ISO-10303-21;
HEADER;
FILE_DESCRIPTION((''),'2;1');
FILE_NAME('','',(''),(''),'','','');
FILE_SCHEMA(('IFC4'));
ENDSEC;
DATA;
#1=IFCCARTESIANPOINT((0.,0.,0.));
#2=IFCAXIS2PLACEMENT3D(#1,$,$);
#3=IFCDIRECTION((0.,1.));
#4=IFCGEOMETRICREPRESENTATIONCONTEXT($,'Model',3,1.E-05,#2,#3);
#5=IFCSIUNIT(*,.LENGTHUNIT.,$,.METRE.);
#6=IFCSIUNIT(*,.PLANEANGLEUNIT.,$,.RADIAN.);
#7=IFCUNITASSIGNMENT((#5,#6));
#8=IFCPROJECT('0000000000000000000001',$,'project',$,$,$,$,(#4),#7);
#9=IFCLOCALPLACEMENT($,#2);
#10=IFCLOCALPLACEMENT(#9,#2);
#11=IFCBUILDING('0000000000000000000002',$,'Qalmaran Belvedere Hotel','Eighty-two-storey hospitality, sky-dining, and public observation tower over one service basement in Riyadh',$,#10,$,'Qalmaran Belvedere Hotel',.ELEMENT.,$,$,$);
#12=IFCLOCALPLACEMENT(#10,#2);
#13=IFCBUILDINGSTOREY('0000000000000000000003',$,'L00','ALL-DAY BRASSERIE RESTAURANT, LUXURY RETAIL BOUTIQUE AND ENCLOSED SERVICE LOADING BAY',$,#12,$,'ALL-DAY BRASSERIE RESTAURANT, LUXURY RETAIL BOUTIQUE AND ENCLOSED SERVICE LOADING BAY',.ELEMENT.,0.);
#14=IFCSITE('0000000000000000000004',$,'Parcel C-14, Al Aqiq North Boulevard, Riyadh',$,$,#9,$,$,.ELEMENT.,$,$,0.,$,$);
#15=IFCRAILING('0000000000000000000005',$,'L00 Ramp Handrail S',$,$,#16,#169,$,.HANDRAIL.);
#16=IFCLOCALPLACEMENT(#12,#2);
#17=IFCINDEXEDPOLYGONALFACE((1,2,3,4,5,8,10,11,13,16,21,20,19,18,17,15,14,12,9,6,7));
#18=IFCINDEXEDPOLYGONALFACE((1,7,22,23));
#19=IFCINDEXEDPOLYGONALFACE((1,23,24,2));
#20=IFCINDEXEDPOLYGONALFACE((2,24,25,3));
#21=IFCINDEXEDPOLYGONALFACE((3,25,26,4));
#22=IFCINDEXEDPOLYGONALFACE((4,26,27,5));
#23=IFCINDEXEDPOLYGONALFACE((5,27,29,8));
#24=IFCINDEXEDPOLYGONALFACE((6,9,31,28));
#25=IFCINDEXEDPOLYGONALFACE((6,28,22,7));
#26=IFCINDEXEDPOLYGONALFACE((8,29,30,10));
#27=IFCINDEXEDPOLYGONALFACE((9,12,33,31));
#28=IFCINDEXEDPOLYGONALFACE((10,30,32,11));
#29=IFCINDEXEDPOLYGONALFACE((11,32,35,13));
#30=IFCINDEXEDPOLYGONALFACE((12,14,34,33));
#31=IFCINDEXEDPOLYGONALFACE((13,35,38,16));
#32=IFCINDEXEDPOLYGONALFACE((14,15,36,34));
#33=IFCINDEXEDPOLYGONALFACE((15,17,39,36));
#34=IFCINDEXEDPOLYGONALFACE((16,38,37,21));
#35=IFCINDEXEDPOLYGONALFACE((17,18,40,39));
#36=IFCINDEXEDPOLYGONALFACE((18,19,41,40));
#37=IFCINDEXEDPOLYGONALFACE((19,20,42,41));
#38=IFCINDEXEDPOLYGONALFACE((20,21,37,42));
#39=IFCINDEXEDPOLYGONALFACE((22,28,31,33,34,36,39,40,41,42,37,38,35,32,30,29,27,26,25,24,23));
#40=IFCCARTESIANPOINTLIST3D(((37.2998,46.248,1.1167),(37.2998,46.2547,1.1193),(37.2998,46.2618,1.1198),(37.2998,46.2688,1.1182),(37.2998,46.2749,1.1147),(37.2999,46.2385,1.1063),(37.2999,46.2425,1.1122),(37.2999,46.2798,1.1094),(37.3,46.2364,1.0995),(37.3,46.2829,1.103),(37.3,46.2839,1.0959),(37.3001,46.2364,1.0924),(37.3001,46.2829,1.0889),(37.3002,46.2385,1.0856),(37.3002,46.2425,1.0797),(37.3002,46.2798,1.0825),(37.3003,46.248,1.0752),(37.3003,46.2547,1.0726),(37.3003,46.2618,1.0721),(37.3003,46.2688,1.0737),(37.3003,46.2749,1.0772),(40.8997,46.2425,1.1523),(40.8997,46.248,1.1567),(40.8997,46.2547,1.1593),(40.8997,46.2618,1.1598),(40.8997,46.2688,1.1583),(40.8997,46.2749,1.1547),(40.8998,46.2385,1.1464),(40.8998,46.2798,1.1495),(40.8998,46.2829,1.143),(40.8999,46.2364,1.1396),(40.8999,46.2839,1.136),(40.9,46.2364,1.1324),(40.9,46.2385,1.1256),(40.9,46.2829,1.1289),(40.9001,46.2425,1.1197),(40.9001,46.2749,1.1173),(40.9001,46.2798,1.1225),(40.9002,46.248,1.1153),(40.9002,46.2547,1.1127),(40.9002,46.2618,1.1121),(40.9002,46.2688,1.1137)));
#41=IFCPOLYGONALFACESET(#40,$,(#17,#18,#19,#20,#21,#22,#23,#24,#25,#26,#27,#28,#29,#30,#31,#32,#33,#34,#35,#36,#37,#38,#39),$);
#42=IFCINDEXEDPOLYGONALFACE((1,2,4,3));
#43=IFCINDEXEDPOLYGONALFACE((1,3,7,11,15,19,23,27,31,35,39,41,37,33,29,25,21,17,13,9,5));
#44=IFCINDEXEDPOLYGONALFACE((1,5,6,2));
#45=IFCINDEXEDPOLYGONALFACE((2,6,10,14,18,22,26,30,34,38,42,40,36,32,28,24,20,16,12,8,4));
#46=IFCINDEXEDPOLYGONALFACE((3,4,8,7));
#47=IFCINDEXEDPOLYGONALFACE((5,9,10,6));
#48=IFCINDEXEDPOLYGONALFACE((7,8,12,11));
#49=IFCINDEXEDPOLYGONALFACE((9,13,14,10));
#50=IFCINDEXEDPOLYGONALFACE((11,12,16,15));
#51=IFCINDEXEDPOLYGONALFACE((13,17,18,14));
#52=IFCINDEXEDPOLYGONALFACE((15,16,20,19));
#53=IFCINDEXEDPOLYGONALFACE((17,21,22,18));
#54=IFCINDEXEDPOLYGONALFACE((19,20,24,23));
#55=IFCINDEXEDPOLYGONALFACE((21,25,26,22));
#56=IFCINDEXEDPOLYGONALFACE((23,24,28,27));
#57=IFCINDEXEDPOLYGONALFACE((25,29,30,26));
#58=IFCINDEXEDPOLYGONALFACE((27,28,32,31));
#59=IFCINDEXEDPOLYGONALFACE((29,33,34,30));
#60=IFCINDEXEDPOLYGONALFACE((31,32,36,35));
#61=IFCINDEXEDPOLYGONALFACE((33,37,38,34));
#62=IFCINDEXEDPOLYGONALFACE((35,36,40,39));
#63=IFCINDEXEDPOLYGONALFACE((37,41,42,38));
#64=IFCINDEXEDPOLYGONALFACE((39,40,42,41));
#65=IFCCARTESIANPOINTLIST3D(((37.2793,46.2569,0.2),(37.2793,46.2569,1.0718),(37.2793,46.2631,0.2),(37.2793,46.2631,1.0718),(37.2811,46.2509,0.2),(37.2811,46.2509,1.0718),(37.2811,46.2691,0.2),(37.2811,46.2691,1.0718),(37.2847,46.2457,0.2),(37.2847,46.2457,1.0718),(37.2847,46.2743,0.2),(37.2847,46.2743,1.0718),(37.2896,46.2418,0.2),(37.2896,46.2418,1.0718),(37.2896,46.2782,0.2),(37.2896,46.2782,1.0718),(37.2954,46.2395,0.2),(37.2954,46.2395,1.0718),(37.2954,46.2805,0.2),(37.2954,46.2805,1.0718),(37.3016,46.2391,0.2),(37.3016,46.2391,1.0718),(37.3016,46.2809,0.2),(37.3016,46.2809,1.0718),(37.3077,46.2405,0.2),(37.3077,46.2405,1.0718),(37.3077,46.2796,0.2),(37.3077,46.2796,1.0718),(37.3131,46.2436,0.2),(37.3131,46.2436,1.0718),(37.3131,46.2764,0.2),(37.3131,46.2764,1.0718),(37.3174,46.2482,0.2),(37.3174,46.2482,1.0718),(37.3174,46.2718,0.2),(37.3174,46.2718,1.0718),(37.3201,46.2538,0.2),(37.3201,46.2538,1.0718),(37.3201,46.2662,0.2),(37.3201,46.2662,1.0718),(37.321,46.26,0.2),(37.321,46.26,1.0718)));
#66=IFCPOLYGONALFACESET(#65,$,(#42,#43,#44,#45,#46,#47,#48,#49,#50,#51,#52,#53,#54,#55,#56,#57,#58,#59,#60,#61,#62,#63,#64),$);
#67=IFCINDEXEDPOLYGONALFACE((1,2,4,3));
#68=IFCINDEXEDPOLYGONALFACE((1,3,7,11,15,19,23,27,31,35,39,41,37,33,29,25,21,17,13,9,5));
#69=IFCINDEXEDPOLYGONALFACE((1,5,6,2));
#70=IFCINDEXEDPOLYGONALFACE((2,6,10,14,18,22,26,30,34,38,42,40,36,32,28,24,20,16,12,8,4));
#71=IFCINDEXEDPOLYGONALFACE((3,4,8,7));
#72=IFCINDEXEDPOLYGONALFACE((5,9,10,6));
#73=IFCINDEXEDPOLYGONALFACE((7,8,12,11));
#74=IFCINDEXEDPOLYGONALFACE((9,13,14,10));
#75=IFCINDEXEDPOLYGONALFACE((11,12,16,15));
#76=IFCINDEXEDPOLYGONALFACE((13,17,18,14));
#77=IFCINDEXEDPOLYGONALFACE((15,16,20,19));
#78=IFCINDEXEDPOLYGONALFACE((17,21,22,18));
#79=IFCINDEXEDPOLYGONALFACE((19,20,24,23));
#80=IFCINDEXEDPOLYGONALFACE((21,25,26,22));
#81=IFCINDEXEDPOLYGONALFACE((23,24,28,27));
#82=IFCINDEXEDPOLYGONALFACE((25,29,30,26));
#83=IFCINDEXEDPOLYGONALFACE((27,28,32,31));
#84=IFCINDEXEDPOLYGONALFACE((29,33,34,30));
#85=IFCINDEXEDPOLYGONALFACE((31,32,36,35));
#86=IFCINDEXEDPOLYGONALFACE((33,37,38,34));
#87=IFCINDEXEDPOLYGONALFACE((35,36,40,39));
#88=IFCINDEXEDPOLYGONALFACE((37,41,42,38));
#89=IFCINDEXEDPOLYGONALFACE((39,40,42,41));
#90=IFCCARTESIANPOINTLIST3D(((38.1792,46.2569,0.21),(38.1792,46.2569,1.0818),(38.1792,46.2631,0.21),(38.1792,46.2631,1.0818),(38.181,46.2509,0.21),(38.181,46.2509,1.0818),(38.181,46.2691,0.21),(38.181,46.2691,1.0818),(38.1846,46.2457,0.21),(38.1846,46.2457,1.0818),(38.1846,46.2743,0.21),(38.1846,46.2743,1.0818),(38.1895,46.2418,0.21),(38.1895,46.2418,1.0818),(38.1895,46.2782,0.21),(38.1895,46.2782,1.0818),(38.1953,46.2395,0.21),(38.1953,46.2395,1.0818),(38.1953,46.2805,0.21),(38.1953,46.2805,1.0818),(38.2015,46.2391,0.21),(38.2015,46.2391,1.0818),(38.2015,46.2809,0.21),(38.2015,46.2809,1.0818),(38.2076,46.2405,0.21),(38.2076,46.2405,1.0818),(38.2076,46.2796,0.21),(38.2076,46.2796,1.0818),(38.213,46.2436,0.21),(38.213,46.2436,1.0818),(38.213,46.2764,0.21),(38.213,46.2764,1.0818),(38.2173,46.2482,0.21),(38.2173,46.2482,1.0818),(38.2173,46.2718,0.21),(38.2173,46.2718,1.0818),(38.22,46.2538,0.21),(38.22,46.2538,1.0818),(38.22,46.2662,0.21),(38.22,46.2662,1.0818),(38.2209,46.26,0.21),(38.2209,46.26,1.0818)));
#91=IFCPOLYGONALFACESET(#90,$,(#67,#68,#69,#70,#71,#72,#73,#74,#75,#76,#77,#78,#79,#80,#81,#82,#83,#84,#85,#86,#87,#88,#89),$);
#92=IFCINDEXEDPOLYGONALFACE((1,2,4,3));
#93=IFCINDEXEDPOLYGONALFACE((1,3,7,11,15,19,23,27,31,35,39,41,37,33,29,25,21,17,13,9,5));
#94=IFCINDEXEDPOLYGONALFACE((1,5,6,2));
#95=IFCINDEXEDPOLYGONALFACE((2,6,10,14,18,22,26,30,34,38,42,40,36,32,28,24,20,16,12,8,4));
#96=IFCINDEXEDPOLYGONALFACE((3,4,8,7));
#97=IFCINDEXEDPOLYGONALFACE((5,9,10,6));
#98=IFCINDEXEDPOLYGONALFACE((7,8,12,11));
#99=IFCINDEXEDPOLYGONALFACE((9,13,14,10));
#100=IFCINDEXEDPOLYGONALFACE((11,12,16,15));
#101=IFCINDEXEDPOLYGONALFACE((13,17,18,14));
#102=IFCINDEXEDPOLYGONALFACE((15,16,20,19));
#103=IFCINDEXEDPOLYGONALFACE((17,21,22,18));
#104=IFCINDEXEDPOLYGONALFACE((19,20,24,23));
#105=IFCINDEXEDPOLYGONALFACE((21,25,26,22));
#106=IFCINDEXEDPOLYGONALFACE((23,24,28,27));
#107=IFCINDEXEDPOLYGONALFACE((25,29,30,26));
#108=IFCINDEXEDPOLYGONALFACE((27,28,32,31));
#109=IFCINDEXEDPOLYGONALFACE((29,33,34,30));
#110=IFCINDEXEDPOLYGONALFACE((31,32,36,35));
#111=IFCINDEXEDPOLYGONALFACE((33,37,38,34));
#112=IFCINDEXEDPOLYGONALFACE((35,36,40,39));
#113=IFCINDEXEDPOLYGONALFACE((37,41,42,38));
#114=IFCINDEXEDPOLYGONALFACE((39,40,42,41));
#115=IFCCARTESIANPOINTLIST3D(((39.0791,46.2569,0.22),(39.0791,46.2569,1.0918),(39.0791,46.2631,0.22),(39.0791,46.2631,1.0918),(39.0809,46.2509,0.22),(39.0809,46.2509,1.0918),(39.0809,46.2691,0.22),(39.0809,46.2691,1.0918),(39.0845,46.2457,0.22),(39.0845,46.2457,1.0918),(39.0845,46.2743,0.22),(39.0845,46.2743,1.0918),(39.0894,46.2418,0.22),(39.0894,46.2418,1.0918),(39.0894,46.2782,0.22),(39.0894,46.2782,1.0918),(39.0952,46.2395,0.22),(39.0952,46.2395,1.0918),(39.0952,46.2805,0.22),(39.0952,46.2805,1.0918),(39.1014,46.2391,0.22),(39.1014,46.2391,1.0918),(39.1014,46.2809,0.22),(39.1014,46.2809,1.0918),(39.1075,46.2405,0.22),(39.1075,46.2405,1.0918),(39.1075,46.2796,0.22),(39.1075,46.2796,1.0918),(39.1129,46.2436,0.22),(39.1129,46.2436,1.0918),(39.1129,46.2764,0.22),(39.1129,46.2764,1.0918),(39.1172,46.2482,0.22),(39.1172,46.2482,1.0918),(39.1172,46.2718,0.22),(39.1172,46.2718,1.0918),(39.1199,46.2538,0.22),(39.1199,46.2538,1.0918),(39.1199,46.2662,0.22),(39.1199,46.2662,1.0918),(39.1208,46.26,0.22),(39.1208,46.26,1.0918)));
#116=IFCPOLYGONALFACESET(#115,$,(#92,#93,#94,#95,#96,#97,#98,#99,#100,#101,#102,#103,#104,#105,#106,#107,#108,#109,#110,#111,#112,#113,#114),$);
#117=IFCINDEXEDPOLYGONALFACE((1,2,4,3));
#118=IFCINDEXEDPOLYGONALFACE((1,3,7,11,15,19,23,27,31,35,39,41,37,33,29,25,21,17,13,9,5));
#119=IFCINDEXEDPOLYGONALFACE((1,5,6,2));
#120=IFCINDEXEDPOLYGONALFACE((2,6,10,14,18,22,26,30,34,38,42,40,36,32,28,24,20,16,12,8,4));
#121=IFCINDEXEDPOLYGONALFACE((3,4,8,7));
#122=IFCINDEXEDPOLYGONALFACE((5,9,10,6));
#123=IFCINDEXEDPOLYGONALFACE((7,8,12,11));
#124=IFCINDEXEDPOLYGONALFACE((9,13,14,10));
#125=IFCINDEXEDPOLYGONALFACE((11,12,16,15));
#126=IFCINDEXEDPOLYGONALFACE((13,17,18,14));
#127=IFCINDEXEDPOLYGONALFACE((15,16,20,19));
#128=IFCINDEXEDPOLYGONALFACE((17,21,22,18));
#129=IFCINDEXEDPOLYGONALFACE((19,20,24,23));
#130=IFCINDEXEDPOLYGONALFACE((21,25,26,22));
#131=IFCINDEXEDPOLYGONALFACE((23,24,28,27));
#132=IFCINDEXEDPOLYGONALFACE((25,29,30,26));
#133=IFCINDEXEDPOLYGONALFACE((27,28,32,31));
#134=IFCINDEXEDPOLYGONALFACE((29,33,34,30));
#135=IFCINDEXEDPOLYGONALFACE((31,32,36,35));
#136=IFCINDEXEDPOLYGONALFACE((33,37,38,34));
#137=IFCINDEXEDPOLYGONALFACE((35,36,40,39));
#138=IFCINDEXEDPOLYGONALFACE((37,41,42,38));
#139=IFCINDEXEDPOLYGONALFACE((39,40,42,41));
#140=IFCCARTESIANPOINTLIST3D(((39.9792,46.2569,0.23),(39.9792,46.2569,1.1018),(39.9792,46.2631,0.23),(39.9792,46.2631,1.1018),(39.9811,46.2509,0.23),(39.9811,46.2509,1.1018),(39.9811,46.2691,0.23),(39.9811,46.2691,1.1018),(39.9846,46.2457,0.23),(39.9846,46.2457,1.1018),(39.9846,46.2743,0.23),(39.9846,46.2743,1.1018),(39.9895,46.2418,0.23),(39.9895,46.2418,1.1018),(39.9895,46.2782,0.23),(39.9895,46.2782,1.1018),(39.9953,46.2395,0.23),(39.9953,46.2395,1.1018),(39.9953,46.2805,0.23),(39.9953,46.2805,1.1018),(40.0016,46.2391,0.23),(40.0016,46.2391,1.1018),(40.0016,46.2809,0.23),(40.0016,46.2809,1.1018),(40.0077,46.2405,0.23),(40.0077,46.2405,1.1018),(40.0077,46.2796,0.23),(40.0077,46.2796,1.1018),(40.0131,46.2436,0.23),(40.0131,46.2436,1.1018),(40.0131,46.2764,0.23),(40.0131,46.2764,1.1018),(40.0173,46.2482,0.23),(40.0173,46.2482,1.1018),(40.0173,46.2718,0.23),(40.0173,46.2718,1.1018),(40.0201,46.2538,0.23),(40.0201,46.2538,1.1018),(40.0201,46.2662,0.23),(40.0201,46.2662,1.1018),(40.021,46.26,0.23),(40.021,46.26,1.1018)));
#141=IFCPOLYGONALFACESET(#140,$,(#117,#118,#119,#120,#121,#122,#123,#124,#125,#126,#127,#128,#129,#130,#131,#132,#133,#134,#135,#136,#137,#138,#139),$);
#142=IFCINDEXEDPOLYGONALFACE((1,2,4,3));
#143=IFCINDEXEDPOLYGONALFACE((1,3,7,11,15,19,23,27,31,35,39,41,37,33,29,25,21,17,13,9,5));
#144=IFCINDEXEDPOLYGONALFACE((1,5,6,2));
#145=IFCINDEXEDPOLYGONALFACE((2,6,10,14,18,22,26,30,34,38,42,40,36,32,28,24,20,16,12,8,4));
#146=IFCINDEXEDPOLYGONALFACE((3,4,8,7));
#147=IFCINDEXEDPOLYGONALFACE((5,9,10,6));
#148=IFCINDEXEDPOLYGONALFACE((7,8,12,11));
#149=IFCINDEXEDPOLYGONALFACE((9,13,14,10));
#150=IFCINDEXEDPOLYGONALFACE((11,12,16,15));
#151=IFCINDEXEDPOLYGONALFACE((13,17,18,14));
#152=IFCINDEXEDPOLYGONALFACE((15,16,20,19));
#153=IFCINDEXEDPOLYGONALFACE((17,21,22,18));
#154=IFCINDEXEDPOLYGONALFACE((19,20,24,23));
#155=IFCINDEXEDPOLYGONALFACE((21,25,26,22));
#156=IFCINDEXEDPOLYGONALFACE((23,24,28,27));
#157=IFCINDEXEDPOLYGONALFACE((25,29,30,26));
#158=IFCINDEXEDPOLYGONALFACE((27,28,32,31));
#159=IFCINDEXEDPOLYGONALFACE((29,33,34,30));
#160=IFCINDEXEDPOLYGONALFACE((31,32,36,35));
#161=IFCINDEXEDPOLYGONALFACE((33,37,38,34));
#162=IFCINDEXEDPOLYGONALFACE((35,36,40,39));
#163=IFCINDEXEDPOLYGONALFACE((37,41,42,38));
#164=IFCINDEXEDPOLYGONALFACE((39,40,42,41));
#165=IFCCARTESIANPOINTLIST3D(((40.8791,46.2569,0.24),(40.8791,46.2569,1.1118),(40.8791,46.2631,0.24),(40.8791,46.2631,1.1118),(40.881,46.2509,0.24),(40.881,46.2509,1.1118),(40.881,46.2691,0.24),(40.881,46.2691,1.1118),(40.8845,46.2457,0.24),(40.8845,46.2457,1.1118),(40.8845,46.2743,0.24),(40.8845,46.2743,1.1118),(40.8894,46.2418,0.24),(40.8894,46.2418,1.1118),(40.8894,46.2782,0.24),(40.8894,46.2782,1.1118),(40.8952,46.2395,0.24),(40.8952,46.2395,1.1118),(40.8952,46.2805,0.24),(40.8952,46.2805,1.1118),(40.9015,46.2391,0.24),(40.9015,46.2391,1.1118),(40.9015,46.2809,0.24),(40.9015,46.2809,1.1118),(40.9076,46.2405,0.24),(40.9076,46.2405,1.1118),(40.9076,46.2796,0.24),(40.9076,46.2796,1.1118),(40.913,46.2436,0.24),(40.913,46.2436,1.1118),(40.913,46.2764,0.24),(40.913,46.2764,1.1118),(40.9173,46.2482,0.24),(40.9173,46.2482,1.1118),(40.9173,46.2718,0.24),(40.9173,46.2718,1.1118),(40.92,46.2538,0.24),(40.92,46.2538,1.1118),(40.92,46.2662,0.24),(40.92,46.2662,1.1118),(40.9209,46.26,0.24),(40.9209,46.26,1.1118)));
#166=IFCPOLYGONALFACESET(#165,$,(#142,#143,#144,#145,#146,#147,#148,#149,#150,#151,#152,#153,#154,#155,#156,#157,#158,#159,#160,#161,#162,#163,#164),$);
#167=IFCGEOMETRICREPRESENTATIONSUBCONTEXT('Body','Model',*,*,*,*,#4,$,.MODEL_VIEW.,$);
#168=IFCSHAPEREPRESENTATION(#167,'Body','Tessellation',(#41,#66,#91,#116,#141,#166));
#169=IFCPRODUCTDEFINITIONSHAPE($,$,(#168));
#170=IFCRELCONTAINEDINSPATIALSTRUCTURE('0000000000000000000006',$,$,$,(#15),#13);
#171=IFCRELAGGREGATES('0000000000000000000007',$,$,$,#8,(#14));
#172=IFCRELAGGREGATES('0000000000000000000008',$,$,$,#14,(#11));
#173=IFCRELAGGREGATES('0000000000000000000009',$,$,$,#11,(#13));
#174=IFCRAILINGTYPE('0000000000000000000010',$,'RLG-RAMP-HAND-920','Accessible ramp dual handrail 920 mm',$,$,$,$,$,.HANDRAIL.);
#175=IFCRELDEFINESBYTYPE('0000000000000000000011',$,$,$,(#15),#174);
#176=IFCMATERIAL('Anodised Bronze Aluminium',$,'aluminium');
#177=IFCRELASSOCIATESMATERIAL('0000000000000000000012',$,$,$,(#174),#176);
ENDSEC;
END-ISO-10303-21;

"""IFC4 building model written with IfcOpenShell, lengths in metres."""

from ifc_helpers import new_model, si_unit, direction, frame, origin, origin_2d, place, context, subcontext, project, spatial, circle, extrude, material, type_object, element, save


model = new_model("IFC4")

# Units and contexts
model_context = context("Model", 3, precision=1e-05, world=origin(), true_north=direction((0.0, 1.0)))
body_context = subcontext(model_context, "Body", "Model", "MODEL_VIEW")
ifc_project = project(units=[si_unit("LENGTHUNIT", "METRE"), si_unit("PLANEANGLEUNIT", "RADIAN")], contexts=[model_context])

# Site, building, storey
site_placement = place(None, origin())
site = spatial("IfcSite", under=ifc_project, at=site_placement, Name="Parcel C-14, Al Aqiq North Boulevard, Riyadh", CompositionType="ELEMENT", RefElevation=0.0)
building_placement = place(site_placement, origin())
building = spatial("IfcBuilding", under=site, at=building_placement, Name="Qalmaran Belvedere Hotel", Description="Eighty-two-storey hospitality, sky-dining, and public observation tower over one service basement in Riyadh", LongName="Qalmaran Belvedere Hotel", CompositionType="ELEMENT")
storey_placement = place(building_placement, origin())
storey = spatial("IfcBuildingStorey", under=building, at=storey_placement, Name="L00", Description="ALL-DAY BRASSERIE RESTAURANT, LUXURY RETAIL BOUTIQUE AND ENCLOSED SERVICE LOADING BAY", LongName="ALL-DAY BRASSERIE RESTAURANT, LUXURY RETAIL BOUTIQUE AND ENCLOSED SERVICE LOADING BAY", CompositionType="ELEMENT", Elevation=0.0)

# Railing
ifc_material_1 = material(Name="Anodised Bronze Aluminium", Category="aluminium")
railing_type = type_object("IfcRailingType", Name="RLG-RAMP-HAND-920", Description="Accessible ramp dual handrail 920 mm", PredefinedType="HANDRAIL", material=ifc_material_1)
for number, where, name in (
    (1, (37.3, 46.26, 0.2), "L00 Ramp Handrail S"),
):
    element("IfcRailing", number, at=place(storey_placement, frame(where)), inside=storey, type_object=railing_type, Name=name, PredefinedType="HANDRAIL", context=body_context, shape_type="SweptSolid", body=[
        extrude(circle(Radius=0.0239, at=origin_2d()), frame((0.0, 0.0, 0.896), z_axis=(0.999938, 0.0, 0.011122), x_axis=(0.0, 1.0, 0.0)), (0.0, 0.0, 1.0), 3.6001),
        extrude(circle(Radius=0.021, at=origin_2d()), origin(), (0.0, 0.0, 1.0), 0.8718),
        extrude(circle(Radius=0.021, at=origin_2d()), frame((0.8999, 0.0, 0.01)), (0.0, 0.0, 1.0), 0.8718),
        extrude(circle(Radius=0.021, at=origin_2d()), frame((1.7998, 0.0, 0.02)), (0.0, 0.0, 1.0), 0.8718),
        extrude(circle(Radius=0.021, at=origin_2d()), frame((2.7, 0.0, 0.03)), (0.0, 0.0, 1.0), 0.8718),
        extrude(circle(Radius=0.021, at=origin_2d()), frame((3.5999, 0.0, 0.04)), (0.0, 0.0, 1.0), 0.8718),
    ])

save(model, "model.ifc")
